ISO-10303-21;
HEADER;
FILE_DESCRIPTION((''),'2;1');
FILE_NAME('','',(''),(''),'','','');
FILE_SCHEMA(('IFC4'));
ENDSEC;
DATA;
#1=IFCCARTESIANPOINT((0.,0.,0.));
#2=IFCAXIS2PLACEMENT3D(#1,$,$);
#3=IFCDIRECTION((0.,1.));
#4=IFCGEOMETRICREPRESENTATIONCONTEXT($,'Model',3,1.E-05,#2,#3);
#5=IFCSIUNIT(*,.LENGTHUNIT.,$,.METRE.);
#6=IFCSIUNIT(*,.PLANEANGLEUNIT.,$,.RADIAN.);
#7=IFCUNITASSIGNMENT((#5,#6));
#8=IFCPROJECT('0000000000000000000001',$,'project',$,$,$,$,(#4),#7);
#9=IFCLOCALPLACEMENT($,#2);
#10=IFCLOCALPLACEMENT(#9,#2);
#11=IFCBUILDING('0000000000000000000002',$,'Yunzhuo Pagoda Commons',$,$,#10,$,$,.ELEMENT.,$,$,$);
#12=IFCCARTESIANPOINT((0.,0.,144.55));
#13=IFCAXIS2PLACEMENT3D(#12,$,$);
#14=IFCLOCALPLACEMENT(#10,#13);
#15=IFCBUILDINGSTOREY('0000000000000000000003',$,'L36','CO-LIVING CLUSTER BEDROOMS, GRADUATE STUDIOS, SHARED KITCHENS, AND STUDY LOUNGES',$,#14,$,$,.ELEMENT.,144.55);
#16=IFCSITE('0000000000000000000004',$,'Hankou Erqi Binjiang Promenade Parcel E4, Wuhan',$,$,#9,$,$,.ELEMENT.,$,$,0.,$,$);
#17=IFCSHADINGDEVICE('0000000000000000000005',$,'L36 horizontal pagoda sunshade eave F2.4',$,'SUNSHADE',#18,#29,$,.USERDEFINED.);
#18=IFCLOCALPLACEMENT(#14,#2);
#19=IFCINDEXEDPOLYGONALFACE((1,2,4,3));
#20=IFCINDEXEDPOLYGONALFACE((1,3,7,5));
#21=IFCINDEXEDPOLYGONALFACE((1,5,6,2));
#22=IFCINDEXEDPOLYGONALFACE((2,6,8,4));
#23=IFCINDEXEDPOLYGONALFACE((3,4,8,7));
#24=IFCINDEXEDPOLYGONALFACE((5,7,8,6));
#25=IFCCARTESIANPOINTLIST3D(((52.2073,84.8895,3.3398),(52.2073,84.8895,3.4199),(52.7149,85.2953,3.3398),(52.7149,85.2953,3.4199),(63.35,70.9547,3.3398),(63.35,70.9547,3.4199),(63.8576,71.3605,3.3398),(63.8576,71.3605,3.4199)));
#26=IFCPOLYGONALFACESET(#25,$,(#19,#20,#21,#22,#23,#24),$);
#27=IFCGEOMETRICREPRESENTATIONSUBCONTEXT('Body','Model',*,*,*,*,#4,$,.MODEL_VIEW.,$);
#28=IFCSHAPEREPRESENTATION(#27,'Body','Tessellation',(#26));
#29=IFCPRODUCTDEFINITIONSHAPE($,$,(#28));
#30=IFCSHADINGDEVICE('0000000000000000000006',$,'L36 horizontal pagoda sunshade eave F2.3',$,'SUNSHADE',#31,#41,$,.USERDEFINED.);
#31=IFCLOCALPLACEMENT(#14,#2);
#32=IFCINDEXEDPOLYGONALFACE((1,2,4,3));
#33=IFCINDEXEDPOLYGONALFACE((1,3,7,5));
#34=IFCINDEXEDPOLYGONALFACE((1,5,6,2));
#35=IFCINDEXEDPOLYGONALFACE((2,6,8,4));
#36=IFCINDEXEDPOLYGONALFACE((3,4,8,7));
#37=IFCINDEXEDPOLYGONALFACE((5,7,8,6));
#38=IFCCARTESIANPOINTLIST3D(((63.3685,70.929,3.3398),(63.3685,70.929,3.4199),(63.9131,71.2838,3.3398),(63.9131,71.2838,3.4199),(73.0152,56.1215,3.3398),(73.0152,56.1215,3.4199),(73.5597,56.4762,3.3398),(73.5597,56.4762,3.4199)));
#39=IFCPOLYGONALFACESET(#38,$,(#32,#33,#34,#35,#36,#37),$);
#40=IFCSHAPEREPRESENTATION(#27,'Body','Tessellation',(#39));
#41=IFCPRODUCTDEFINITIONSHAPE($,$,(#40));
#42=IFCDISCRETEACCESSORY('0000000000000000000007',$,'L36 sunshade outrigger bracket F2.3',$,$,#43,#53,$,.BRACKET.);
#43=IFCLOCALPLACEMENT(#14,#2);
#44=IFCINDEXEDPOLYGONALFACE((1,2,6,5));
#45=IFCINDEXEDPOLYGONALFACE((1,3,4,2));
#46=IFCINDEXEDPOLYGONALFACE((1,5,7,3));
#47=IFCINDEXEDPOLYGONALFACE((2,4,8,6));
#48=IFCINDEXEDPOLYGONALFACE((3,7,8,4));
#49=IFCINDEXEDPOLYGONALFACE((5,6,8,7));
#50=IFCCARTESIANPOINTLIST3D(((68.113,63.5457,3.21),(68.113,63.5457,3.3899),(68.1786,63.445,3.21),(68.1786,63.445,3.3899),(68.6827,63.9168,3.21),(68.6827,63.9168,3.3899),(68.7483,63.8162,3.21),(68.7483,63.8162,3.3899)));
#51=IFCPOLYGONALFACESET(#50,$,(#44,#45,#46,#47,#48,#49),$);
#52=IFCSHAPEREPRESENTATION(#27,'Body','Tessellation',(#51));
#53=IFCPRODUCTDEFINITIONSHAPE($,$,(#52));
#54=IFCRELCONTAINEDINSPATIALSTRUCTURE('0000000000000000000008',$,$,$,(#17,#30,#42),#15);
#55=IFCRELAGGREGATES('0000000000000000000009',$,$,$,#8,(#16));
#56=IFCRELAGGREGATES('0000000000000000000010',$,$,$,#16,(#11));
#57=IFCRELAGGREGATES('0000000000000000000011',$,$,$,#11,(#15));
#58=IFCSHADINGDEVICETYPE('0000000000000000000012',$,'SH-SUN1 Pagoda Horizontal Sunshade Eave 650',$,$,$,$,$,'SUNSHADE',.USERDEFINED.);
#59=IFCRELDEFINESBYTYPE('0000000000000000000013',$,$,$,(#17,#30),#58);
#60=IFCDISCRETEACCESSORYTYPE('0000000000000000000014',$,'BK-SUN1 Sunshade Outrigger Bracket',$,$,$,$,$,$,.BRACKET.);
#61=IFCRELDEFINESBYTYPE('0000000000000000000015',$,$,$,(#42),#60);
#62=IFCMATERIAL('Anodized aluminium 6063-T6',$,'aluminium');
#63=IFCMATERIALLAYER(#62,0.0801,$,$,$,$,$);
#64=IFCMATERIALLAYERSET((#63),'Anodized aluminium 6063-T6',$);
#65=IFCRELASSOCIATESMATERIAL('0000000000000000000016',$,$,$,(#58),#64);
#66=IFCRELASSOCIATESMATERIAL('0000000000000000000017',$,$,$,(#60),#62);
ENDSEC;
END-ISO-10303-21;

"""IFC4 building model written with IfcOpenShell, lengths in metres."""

from ifc_helpers import new_model, si_unit, direction, frame, origin, origin_2d, place, context, subcontext, project, spatial, rectangle, extrude, source, transform, mapped, material, layer, layer_set, type_object, element, save


model = new_model("IFC4")

# Units and contexts
model_context = context("Model", 3, precision=1e-05, world=origin(), true_north=direction((0.0, 1.0)))
body_context = subcontext(model_context, "Body", "Model", "MODEL_VIEW")
ifc_project = project(units=[si_unit("LENGTHUNIT", "METRE"), si_unit("PLANEANGLEUNIT", "RADIAN")], contexts=[model_context])

# Site, building, storey
site_placement = place(None, origin())
site = spatial("IfcSite", under=ifc_project, at=site_placement, Name="Hankou Erqi Binjiang Promenade Parcel E4, Wuhan", CompositionType="ELEMENT", RefElevation=0.0)
building_placement = place(site_placement, origin())
building = spatial("IfcBuilding", under=site, at=building_placement, Name="Yunzhuo Pagoda Commons", CompositionType="ELEMENT")
storey_placement = place(building_placement, frame((0.0, 0.0, 144.55)))
storey = spatial("IfcBuildingStorey", under=building, at=storey_placement, Name="L36", Description="CO-LIVING CLUSTER BEDROOMS, GRADUATE STUDIOS, SHARED KITCHENS, AND STUDY LOUNGES", CompositionType="ELEMENT", Elevation=144.55)

# Shared definitions
ifc_material_1 = material(Name="Anodized aluminium 6063-T6", Category="aluminium")

# Shading devices
ifc_layer_1 = layer(ifc_material_1, 0.0801)
ifc_layer_set_1 = layer_set([ifc_layer_1], Name="Anodized aluminium 6063-T6")
shading_device_type = type_object("IfcShadingDeviceType", Name="SH-SUN1 Pagoda Horizontal Sunshade Eave 650", ElementType="SUNSHADE", PredefinedType="USERDEFINED", material=ifc_layer_set_1)
shared_shape_1 = source(origin(), body_context, "Body", "SweptSolid", [
    extrude(rectangle(XDim=17.842, YDim=0.6499, at=origin_2d()), origin(), (0.0, 0.0, 1.0), 0.0801),
])
shading_device_1_placement = place(storey_placement, frame((58.0325, 78.125, 3.3398), z_axis=(0.0, 0.0, 1.0), x_axis=(-0.62452, 0.781008, 0.0)))
element("IfcShadingDevice", 1, at=shading_device_1_placement, inside=storey, type_object=shading_device_type, Name="L36 horizontal pagoda sunshade eave F2.4", ObjectType="SUNSHADE", PredefinedType="USERDEFINED", context=body_context, shape_type="MappedRepresentation", body=[
    mapped(shared_shape_1, transform((0.0, 0.0, 0.0), scale=1.0)),
])
shared_shape_2 = source(origin(), body_context, "Body", "SweptSolid", [
    extrude(rectangle(XDim=17.6726, YDim=0.6499, at=origin_2d()), origin(), (0.0, 0.0, 1.0), 0.0801),
])
shading_device_2_placement = place(storey_placement, frame((68.4641, 63.7026, 3.3398), z_axis=(0.0, 0.0, 1.0), x_axis=(-0.545853, 0.837881, 0.0)))
element("IfcShadingDevice", 2, at=shading_device_2_placement, inside=storey, type_object=shading_device_type, Name="L36 horizontal pagoda sunshade eave F2.3", ObjectType="SUNSHADE", PredefinedType="USERDEFINED", context=body_context, shape_type="MappedRepresentation", body=[
    mapped(shared_shape_2, transform((0.0, 0.0, 0.0), scale=1.0)),
])

# Discrete accessory
discrete_accessory_type = type_object("IfcDiscreteAccessoryType", Name="BK-SUN1 Sunshade Outrigger Bracket", PredefinedType="BRACKET", material=ifc_material_1)
shared_shape_3 = source(origin(), body_context, "Body", "SweptSolid", [
    extrude(rectangle(XDim=0.1201, YDim=0.6799, at=origin_2d()), origin(), (0.0, 0.0, 1.0), 0.1799),
])
discrete_accessory_placement = place(storey_placement, frame((68.4307, 63.6809, 3.21), z_axis=(0.0, 0.0, 1.0), x_axis=(-0.545853, 0.837881, 0.0)))
element("IfcDiscreteAccessory", 3, at=discrete_accessory_placement, inside=storey, type_object=discrete_accessory_type, Name="L36 sunshade outrigger bracket F2.3", PredefinedType="BRACKET", context=body_context, shape_type="MappedRepresentation", body=[
    mapped(shared_shape_3, transform((0.0, 0.0, 0.0), scale=1.0)),
])

save(model, "model.ifc")
